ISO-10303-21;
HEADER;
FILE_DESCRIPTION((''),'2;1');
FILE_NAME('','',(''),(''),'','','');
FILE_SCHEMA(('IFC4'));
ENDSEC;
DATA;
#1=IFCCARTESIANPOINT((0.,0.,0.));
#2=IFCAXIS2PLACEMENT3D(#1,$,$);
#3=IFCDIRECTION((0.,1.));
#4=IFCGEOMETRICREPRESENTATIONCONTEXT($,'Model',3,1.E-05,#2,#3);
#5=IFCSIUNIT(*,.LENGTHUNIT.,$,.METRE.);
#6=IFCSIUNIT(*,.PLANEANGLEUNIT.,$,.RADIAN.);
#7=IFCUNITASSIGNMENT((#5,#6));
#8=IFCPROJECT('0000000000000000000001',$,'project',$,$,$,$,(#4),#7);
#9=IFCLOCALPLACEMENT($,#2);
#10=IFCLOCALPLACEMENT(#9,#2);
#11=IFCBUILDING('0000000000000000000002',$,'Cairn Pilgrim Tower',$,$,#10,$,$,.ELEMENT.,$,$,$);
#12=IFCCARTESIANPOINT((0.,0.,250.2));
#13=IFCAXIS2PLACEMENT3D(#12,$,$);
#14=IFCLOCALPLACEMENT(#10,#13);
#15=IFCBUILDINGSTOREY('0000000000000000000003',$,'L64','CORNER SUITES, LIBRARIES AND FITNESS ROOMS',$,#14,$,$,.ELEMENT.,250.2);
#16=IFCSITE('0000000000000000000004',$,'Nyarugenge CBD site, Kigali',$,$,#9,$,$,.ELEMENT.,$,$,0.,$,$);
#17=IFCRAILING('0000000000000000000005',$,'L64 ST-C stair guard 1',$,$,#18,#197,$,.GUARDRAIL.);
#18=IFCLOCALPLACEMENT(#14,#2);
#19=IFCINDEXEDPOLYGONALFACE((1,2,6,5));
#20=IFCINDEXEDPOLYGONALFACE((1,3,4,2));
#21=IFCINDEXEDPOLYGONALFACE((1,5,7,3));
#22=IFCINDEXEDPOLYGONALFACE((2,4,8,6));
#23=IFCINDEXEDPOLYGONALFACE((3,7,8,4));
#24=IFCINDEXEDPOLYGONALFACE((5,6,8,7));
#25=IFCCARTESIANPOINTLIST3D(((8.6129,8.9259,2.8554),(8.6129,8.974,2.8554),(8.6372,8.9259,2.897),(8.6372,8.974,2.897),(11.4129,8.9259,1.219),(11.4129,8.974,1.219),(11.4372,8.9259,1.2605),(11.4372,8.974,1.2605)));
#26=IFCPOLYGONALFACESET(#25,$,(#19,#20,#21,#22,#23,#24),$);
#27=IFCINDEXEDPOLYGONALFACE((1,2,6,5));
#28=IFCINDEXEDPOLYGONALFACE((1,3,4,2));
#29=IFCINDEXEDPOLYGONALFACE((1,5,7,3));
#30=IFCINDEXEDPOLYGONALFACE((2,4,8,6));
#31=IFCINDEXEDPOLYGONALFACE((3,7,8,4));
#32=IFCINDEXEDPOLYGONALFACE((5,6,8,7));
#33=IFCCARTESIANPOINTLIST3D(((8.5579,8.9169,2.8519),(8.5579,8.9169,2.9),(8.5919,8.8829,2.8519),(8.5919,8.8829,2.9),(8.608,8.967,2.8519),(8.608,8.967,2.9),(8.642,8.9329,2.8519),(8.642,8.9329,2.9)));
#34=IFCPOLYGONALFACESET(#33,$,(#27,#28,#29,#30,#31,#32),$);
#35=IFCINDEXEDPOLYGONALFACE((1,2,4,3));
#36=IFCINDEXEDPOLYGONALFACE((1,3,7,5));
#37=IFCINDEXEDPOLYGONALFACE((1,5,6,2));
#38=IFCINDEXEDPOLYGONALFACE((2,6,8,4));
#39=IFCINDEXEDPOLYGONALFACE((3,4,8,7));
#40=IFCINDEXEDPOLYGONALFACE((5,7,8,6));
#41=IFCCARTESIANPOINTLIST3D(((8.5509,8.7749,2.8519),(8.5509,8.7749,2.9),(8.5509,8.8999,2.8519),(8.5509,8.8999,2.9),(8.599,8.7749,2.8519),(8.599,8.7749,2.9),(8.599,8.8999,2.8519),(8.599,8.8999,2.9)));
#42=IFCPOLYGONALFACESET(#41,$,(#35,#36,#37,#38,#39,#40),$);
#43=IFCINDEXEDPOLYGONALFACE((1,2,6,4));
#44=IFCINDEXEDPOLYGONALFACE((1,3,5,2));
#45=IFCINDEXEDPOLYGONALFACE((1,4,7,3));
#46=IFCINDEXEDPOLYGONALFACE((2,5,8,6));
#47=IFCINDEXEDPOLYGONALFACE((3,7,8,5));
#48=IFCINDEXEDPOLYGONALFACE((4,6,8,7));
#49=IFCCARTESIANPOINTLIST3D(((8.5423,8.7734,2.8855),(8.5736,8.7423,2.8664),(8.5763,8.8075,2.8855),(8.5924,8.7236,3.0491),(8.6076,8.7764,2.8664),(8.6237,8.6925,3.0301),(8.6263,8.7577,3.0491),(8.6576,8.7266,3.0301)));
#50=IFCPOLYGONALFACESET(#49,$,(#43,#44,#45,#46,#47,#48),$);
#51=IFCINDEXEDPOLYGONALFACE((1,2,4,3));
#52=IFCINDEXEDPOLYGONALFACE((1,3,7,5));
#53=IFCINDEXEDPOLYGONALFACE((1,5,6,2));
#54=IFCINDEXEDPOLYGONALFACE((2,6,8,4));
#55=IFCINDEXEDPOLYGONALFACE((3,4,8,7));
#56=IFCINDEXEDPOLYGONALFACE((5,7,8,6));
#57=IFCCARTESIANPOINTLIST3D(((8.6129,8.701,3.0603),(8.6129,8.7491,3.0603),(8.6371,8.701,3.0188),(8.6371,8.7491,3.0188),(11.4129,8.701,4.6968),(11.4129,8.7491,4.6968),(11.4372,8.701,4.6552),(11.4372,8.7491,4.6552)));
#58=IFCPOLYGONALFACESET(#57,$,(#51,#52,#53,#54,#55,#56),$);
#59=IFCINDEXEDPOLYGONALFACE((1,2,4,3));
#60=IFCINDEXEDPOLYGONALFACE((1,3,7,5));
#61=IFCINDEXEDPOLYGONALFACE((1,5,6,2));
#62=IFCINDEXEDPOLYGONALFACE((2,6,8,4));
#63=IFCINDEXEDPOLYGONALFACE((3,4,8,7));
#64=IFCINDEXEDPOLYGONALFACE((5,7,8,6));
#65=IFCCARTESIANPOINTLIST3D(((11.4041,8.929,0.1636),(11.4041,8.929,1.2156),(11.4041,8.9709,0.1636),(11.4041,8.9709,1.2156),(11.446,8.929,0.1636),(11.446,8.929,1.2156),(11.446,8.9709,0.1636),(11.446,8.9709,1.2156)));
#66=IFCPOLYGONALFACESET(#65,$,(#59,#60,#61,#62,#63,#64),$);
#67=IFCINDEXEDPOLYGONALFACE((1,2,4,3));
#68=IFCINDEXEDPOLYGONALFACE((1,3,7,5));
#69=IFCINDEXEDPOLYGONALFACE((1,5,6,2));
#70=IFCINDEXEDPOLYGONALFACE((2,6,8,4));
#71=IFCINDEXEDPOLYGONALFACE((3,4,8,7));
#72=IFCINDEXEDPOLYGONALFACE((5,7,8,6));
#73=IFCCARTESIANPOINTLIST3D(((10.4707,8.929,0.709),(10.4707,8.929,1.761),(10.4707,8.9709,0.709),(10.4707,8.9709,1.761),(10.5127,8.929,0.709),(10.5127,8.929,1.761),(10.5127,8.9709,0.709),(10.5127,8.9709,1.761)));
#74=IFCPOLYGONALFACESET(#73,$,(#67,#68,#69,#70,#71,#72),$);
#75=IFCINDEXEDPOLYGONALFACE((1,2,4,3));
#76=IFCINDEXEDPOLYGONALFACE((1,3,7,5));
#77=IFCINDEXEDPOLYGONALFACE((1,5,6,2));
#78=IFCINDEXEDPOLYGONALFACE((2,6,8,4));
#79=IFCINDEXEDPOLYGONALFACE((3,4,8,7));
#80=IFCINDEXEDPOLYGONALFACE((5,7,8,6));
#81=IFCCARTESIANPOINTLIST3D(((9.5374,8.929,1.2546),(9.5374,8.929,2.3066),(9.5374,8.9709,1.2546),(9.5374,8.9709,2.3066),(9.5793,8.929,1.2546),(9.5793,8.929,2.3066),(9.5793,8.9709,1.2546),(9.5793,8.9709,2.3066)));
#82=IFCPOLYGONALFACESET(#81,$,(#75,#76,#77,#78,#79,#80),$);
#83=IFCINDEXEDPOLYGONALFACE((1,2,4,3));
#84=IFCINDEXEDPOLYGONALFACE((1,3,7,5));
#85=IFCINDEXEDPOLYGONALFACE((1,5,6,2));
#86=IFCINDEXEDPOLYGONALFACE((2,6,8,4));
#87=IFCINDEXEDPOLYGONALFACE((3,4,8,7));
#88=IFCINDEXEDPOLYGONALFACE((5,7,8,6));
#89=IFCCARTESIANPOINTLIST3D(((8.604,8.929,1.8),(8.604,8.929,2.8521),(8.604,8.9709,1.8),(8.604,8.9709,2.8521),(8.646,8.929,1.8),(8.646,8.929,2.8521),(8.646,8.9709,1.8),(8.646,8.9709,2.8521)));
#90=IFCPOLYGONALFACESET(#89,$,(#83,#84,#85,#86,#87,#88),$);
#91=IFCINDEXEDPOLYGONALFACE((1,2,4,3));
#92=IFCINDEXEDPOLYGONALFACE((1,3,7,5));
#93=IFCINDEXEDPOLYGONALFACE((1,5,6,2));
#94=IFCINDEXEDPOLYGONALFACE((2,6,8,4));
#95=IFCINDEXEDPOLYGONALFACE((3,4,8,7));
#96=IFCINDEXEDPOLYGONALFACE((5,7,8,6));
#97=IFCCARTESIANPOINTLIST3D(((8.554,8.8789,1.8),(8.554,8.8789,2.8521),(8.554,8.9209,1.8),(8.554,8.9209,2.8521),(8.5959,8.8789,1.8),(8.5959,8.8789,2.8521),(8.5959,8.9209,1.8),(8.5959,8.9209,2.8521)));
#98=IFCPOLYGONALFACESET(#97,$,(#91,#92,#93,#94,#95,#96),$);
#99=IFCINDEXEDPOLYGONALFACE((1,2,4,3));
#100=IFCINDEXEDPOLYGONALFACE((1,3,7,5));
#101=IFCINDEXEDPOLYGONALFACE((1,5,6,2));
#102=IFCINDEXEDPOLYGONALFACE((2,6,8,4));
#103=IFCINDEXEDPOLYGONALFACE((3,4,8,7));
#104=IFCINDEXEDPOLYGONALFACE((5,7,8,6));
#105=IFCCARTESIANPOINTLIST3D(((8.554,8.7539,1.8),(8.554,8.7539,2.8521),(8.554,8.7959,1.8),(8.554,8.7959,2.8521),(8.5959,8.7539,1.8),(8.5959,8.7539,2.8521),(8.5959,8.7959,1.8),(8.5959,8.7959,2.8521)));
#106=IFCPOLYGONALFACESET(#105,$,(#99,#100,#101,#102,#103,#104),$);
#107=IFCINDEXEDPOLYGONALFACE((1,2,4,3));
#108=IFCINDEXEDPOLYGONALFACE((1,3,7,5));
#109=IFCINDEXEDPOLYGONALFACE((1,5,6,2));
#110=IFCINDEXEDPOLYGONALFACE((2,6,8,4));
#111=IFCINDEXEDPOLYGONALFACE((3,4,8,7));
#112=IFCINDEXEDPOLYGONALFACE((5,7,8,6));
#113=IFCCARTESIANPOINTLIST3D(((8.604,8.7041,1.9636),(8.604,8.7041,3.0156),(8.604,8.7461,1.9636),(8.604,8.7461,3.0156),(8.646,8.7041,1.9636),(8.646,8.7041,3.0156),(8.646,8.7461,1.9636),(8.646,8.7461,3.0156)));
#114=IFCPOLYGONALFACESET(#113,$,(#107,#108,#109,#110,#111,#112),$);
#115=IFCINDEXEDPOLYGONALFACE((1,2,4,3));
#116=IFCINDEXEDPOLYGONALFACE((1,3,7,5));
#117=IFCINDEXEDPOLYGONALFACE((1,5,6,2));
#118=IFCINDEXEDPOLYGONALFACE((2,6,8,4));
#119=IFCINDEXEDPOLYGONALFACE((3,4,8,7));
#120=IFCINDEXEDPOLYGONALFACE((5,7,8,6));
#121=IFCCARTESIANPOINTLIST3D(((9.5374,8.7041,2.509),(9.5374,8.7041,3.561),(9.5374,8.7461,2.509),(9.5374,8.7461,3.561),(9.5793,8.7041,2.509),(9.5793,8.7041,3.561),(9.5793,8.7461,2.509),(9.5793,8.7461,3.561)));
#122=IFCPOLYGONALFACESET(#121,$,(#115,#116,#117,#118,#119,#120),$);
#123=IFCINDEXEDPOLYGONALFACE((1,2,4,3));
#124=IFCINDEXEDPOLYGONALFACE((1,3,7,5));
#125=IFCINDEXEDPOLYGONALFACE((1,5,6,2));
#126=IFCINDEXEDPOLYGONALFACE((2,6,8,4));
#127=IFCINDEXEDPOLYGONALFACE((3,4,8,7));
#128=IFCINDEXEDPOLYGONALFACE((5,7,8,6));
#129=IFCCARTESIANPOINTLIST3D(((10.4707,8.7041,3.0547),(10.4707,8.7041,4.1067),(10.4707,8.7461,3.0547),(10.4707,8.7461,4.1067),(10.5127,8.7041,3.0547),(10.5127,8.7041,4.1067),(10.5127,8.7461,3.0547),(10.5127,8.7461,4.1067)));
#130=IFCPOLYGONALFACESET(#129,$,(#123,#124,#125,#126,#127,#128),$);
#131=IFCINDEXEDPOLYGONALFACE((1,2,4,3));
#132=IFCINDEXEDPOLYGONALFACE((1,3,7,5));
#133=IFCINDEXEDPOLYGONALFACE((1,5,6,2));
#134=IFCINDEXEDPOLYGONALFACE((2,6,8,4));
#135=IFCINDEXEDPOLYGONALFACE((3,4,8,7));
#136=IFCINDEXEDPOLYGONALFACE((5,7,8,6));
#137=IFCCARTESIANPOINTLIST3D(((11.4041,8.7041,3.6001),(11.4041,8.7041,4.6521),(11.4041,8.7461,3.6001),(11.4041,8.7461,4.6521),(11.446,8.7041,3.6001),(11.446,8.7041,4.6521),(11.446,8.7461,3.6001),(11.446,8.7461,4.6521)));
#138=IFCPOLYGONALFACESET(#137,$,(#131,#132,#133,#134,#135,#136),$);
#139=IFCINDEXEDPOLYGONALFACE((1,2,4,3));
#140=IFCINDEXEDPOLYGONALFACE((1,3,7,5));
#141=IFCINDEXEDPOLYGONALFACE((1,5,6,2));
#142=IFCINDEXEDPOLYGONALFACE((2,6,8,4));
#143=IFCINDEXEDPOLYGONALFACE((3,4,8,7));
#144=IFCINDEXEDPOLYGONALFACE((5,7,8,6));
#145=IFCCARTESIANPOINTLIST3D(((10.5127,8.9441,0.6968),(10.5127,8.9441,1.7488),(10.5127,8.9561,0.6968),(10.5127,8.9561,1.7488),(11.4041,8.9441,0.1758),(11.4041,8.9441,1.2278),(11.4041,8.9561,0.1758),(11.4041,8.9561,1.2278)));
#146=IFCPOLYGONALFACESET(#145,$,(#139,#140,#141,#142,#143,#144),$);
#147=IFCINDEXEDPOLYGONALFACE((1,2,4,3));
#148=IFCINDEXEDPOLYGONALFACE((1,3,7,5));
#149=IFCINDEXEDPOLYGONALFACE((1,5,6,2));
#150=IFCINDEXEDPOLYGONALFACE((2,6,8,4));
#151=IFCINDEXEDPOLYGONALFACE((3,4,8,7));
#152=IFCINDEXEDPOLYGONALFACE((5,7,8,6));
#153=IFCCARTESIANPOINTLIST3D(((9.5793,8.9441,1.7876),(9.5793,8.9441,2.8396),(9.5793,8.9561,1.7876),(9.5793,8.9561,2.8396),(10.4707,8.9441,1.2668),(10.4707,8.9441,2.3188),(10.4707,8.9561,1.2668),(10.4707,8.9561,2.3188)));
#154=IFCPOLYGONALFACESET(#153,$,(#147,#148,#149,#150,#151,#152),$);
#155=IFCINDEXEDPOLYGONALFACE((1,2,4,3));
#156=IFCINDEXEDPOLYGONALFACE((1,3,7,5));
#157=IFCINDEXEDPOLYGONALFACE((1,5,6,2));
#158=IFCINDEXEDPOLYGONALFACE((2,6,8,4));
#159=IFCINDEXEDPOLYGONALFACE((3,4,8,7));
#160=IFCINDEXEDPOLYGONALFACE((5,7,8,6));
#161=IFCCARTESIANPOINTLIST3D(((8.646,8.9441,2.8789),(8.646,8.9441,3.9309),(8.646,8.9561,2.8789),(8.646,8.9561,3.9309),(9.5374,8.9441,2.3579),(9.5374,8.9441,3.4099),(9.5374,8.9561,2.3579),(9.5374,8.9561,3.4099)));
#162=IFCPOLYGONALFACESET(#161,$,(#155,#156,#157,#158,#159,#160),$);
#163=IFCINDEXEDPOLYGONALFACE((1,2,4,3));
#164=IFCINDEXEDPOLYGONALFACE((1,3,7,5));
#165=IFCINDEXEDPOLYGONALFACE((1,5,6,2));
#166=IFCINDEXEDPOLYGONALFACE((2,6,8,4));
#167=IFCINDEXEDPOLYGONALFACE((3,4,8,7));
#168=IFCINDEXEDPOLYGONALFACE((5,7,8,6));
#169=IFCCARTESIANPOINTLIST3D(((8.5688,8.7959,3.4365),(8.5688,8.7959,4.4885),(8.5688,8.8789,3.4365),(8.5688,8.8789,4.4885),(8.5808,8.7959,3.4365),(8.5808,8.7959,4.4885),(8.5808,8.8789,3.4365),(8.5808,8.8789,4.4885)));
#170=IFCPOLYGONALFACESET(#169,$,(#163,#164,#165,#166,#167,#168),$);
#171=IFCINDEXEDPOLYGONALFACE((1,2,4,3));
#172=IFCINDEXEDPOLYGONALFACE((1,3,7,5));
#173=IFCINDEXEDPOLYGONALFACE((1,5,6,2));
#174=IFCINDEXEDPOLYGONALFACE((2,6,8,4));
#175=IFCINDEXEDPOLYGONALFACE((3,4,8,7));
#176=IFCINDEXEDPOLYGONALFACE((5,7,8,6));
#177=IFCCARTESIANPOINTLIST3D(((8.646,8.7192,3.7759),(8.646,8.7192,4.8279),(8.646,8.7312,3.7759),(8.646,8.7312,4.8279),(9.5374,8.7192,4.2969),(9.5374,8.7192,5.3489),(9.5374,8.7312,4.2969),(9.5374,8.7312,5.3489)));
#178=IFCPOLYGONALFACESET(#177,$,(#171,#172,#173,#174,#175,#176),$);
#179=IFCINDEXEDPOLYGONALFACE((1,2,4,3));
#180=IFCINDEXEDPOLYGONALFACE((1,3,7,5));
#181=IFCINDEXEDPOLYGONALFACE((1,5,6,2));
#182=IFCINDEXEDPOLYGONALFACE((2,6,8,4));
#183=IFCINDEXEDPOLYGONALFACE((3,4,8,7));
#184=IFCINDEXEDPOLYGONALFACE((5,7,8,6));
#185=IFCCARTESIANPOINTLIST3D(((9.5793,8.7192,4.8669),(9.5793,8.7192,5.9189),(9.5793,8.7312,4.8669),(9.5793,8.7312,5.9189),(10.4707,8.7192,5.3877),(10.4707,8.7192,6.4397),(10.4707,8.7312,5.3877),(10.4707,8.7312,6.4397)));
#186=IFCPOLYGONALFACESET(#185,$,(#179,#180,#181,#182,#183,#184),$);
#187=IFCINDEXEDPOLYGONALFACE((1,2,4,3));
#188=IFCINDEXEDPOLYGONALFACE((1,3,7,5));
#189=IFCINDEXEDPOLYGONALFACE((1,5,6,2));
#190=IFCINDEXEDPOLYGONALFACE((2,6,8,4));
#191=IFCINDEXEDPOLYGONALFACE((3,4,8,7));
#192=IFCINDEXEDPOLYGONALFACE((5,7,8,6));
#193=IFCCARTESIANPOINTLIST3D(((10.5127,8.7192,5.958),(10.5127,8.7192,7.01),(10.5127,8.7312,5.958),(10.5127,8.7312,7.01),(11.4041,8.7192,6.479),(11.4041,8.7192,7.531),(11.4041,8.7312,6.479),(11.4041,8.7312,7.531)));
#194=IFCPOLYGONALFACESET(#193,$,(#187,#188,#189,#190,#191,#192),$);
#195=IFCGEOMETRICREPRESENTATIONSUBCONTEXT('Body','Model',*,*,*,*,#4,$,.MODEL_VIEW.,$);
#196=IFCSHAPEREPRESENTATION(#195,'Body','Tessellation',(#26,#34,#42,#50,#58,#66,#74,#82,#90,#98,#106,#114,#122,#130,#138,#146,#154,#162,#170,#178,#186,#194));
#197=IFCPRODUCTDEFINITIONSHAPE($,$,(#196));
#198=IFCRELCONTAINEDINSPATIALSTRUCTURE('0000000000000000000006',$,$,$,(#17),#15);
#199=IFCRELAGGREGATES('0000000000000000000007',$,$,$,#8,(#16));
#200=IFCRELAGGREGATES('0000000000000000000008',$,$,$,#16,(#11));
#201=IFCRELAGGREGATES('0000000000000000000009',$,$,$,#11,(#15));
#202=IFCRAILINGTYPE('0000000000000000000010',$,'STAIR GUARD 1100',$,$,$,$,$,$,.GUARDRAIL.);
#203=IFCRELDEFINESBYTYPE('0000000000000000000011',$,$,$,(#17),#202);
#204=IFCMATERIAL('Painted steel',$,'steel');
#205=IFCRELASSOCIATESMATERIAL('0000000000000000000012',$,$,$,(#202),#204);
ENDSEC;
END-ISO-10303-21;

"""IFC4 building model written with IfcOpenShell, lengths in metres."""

from ifc_helpers import new_model, si_unit, direction, frame, origin, origin_2d, place, context, subcontext, project, spatial, polyline, rectangle, outline, extrude, material, type_object, element, save


model = new_model("IFC4")

# Units and contexts
model_context = context("Model", 3, precision=1e-05, world=origin(), true_north=direction((0.0, 1.0)))
body_context = subcontext(model_context, "Body", "Model", "MODEL_VIEW")
ifc_project = project(units=[si_unit("LENGTHUNIT", "METRE"), si_unit("PLANEANGLEUNIT", "RADIAN")], contexts=[model_context])

# Site, building, storey
site_placement = place(None, origin())
site = spatial("IfcSite", under=ifc_project, at=site_placement, Name="Nyarugenge CBD site, Kigali", CompositionType="ELEMENT", RefElevation=0.0)
building_placement = place(site_placement, origin())
building = spatial("IfcBuilding", under=site, at=building_placement, Name="Cairn Pilgrim Tower", CompositionType="ELEMENT")
storey_placement = place(building_placement, frame((0.0, 0.0, 250.2)))
storey = spatial("IfcBuildingStorey", under=building, at=storey_placement, Name="L64", Description="CORNER SUITES, LIBRARIES AND FITNESS ROOMS", CompositionType="ELEMENT", Elevation=250.2)

# Shared definitions
ifc_material_1 = material(Name="Painted steel", Category="steel")

# Railing
railing_type_1 = type_object("IfcRailingType", Name="STAIR GUARD 1100", PredefinedType="GUARDRAIL", material=ifc_material_1)
railing_1_placement = place(storey_placement, frame((11.425, 8.95, 0.1636)))
element("IfcRailing", 1, at=railing_1_placement, inside=storey, type_object=railing_type_1, Name="L64 ST-C stair guard 1", PredefinedType="GUARDRAIL", context=body_context, shape_type="SweptSolid", body=[
    extrude(rectangle(XDim=0.0481, YDim=0.0481, at=origin_2d()), frame((0.0, 0.0, 1.0762), z_axis=(-0.863361, 0.0, 0.504587), x_axis=(0.0, -1.0, 0.0)), (0.0, 0.0, 1.0), 3.2432),
    extrude(rectangle(XDim=0.0481, YDim=0.0481, at=origin_2d()), frame((-2.8, 0.0, 2.7124), z_axis=(-0.707107, -0.707107, 0.0), x_axis=(0.707107, -0.707107, 0.0)), (0.0, 0.0, 1.0), 0.0708),
    extrude(rectangle(XDim=0.0481, YDim=0.0481, at=origin_2d()), frame((-2.8501, -0.05, 2.7124), z_axis=(0.0, -1.0, 0.0), x_axis=(1.0, 0.0, 0.0)), (0.0, 0.0, 1.0), 0.125),
    extrude(rectangle(XDim=0.0481, YDim=0.0481, at=origin_2d()), frame((-2.8501, -0.175, 2.7124), z_axis=(0.280917, -0.279546, 0.918118), x_axis=(0.705376, 0.708834, 0.0)), (0.0, 0.0, 1.0), 0.1782),
    extrude(rectangle(XDim=0.0481, YDim=0.0481, at=origin_2d()), frame((-2.8, -0.2249, 2.876), z_axis=(0.863361, 0.0, 0.504587), x_axis=(0.0, 1.0, 0.0)), (0.0, 0.0, 1.0), 3.2432),
    extrude(rectangle(XDim=0.042, YDim=0.042, at=origin_2d()), origin(), (0.0, 0.0, 1.0), 1.052),
    extrude(rectangle(XDim=0.042, YDim=0.042, at=origin_2d()), frame((-0.9333, 0.0, 0.5454)), (0.0, 0.0, 1.0), 1.052),
    extrude(rectangle(XDim=0.042, YDim=0.042, at=origin_2d()), frame((-1.8667, 0.0, 1.0911)), (0.0, 0.0, 1.0), 1.052),
    extrude(rectangle(XDim=0.042, YDim=0.042, at=origin_2d()), frame((-2.8, 0.0, 1.6365)), (0.0, 0.0, 1.0), 1.052),
    extrude(rectangle(XDim=0.042, YDim=0.042, at=origin_2d()), frame((-2.8501, -0.05, 1.6365)), (0.0, 0.0, 1.0), 1.052),
    extrude(rectangle(XDim=0.042, YDim=0.042, at=origin_2d()), frame((-2.8501, -0.175, 1.6365)), (0.0, 0.0, 1.0), 1.052),
    extrude(rectangle(XDim=0.042, YDim=0.042, at=origin_2d()), frame((-2.8, -0.2249, 1.8)), (0.0, 0.0, 1.0), 1.052),
    extrude(rectangle(XDim=0.042, YDim=0.042, at=origin_2d()), frame((-1.8667, -0.2249, 2.3455)), (0.0, 0.0, 1.0), 1.052),
    extrude(rectangle(XDim=0.042, YDim=0.042, at=origin_2d()), frame((-0.9333, -0.2249, 2.8911)), (0.0, 0.0, 1.0), 1.052),
    extrude(rectangle(XDim=0.042, YDim=0.042, at=origin_2d()), frame((0.0, -0.2249, 3.4365)), (0.0, 0.0, 1.0), 1.052),
    extrude(outline(polyline([(0.021, 0.0122), (0.9124, 0.5332), (0.9124, 1.5852), (0.021, 1.0642), (0.021, 0.0122)])), frame((0.0, -0.0059, 0.0), z_axis=(0.0, 1.0, 0.0), x_axis=(-1.0, 0.0, 0.0)), (0.0, 0.0, 1.0), 0.012),
    extrude(outline(polyline([(0.021, 0.5579), (0.9124, 1.0786), (0.9124, 2.1306), (0.021, 1.6099), (0.021, 0.5579)])), frame((-0.9333, -0.0059, 0.5454), z_axis=(0.0, 1.0, 0.0), x_axis=(-1.0, 0.0, 0.0)), (0.0, 0.0, 1.0), 0.012),
    extrude(outline(polyline([(0.021, 1.1033), (0.9124, 1.6243), (0.9124, 2.6763), (0.021, 2.1553), (0.021, 1.1033)])), frame((-1.8667, -0.0059, 1.0911), z_axis=(0.0, 1.0, 0.0), x_axis=(-1.0, 0.0, 0.0)), (0.0, 0.0, 1.0), 0.012),
    extrude(outline(polyline([(0.021, 1.6365), (0.104, 1.6365), (0.104, 2.6885), (0.021, 2.6885), (0.021, 1.6365)])), frame((-2.8442, -0.05, 1.6365), z_axis=(-1.0, 0.0, 0.0), x_axis=(0.0, -1.0, 0.0)), (0.0, 0.0, 1.0), 0.012),
    extrude(outline(polyline([(0.021, 1.8123), (0.9124, 2.3333), (0.9124, 3.3853), (0.021, 2.8643), (0.021, 1.8123)])), frame((-2.8, -0.2188, 1.8), z_axis=(0.0, -1.0, 0.0), x_axis=(1.0, 0.0, 0.0)), (0.0, 0.0, 1.0), 0.012),
    extrude(outline(polyline([(0.021, 2.3579), (0.9124, 2.8787), (0.9124, 3.9307), (0.021, 3.4099), (0.021, 2.3579)])), frame((-1.8667, -0.2188, 2.3455), z_axis=(0.0, -1.0, 0.0), x_axis=(1.0, 0.0, 0.0)), (0.0, 0.0, 1.0), 0.012),
    extrude(outline(polyline([(0.021, 2.9033), (0.9124, 3.4243), (0.9124, 4.4763), (0.021, 3.9553), (0.021, 2.9033)])), frame((-0.9333, -0.2188, 2.8911), z_axis=(0.0, -1.0, 0.0), x_axis=(1.0, 0.0, 0.0)), (0.0, 0.0, 1.0), 0.012),
])

save(model, "model.ifc")
